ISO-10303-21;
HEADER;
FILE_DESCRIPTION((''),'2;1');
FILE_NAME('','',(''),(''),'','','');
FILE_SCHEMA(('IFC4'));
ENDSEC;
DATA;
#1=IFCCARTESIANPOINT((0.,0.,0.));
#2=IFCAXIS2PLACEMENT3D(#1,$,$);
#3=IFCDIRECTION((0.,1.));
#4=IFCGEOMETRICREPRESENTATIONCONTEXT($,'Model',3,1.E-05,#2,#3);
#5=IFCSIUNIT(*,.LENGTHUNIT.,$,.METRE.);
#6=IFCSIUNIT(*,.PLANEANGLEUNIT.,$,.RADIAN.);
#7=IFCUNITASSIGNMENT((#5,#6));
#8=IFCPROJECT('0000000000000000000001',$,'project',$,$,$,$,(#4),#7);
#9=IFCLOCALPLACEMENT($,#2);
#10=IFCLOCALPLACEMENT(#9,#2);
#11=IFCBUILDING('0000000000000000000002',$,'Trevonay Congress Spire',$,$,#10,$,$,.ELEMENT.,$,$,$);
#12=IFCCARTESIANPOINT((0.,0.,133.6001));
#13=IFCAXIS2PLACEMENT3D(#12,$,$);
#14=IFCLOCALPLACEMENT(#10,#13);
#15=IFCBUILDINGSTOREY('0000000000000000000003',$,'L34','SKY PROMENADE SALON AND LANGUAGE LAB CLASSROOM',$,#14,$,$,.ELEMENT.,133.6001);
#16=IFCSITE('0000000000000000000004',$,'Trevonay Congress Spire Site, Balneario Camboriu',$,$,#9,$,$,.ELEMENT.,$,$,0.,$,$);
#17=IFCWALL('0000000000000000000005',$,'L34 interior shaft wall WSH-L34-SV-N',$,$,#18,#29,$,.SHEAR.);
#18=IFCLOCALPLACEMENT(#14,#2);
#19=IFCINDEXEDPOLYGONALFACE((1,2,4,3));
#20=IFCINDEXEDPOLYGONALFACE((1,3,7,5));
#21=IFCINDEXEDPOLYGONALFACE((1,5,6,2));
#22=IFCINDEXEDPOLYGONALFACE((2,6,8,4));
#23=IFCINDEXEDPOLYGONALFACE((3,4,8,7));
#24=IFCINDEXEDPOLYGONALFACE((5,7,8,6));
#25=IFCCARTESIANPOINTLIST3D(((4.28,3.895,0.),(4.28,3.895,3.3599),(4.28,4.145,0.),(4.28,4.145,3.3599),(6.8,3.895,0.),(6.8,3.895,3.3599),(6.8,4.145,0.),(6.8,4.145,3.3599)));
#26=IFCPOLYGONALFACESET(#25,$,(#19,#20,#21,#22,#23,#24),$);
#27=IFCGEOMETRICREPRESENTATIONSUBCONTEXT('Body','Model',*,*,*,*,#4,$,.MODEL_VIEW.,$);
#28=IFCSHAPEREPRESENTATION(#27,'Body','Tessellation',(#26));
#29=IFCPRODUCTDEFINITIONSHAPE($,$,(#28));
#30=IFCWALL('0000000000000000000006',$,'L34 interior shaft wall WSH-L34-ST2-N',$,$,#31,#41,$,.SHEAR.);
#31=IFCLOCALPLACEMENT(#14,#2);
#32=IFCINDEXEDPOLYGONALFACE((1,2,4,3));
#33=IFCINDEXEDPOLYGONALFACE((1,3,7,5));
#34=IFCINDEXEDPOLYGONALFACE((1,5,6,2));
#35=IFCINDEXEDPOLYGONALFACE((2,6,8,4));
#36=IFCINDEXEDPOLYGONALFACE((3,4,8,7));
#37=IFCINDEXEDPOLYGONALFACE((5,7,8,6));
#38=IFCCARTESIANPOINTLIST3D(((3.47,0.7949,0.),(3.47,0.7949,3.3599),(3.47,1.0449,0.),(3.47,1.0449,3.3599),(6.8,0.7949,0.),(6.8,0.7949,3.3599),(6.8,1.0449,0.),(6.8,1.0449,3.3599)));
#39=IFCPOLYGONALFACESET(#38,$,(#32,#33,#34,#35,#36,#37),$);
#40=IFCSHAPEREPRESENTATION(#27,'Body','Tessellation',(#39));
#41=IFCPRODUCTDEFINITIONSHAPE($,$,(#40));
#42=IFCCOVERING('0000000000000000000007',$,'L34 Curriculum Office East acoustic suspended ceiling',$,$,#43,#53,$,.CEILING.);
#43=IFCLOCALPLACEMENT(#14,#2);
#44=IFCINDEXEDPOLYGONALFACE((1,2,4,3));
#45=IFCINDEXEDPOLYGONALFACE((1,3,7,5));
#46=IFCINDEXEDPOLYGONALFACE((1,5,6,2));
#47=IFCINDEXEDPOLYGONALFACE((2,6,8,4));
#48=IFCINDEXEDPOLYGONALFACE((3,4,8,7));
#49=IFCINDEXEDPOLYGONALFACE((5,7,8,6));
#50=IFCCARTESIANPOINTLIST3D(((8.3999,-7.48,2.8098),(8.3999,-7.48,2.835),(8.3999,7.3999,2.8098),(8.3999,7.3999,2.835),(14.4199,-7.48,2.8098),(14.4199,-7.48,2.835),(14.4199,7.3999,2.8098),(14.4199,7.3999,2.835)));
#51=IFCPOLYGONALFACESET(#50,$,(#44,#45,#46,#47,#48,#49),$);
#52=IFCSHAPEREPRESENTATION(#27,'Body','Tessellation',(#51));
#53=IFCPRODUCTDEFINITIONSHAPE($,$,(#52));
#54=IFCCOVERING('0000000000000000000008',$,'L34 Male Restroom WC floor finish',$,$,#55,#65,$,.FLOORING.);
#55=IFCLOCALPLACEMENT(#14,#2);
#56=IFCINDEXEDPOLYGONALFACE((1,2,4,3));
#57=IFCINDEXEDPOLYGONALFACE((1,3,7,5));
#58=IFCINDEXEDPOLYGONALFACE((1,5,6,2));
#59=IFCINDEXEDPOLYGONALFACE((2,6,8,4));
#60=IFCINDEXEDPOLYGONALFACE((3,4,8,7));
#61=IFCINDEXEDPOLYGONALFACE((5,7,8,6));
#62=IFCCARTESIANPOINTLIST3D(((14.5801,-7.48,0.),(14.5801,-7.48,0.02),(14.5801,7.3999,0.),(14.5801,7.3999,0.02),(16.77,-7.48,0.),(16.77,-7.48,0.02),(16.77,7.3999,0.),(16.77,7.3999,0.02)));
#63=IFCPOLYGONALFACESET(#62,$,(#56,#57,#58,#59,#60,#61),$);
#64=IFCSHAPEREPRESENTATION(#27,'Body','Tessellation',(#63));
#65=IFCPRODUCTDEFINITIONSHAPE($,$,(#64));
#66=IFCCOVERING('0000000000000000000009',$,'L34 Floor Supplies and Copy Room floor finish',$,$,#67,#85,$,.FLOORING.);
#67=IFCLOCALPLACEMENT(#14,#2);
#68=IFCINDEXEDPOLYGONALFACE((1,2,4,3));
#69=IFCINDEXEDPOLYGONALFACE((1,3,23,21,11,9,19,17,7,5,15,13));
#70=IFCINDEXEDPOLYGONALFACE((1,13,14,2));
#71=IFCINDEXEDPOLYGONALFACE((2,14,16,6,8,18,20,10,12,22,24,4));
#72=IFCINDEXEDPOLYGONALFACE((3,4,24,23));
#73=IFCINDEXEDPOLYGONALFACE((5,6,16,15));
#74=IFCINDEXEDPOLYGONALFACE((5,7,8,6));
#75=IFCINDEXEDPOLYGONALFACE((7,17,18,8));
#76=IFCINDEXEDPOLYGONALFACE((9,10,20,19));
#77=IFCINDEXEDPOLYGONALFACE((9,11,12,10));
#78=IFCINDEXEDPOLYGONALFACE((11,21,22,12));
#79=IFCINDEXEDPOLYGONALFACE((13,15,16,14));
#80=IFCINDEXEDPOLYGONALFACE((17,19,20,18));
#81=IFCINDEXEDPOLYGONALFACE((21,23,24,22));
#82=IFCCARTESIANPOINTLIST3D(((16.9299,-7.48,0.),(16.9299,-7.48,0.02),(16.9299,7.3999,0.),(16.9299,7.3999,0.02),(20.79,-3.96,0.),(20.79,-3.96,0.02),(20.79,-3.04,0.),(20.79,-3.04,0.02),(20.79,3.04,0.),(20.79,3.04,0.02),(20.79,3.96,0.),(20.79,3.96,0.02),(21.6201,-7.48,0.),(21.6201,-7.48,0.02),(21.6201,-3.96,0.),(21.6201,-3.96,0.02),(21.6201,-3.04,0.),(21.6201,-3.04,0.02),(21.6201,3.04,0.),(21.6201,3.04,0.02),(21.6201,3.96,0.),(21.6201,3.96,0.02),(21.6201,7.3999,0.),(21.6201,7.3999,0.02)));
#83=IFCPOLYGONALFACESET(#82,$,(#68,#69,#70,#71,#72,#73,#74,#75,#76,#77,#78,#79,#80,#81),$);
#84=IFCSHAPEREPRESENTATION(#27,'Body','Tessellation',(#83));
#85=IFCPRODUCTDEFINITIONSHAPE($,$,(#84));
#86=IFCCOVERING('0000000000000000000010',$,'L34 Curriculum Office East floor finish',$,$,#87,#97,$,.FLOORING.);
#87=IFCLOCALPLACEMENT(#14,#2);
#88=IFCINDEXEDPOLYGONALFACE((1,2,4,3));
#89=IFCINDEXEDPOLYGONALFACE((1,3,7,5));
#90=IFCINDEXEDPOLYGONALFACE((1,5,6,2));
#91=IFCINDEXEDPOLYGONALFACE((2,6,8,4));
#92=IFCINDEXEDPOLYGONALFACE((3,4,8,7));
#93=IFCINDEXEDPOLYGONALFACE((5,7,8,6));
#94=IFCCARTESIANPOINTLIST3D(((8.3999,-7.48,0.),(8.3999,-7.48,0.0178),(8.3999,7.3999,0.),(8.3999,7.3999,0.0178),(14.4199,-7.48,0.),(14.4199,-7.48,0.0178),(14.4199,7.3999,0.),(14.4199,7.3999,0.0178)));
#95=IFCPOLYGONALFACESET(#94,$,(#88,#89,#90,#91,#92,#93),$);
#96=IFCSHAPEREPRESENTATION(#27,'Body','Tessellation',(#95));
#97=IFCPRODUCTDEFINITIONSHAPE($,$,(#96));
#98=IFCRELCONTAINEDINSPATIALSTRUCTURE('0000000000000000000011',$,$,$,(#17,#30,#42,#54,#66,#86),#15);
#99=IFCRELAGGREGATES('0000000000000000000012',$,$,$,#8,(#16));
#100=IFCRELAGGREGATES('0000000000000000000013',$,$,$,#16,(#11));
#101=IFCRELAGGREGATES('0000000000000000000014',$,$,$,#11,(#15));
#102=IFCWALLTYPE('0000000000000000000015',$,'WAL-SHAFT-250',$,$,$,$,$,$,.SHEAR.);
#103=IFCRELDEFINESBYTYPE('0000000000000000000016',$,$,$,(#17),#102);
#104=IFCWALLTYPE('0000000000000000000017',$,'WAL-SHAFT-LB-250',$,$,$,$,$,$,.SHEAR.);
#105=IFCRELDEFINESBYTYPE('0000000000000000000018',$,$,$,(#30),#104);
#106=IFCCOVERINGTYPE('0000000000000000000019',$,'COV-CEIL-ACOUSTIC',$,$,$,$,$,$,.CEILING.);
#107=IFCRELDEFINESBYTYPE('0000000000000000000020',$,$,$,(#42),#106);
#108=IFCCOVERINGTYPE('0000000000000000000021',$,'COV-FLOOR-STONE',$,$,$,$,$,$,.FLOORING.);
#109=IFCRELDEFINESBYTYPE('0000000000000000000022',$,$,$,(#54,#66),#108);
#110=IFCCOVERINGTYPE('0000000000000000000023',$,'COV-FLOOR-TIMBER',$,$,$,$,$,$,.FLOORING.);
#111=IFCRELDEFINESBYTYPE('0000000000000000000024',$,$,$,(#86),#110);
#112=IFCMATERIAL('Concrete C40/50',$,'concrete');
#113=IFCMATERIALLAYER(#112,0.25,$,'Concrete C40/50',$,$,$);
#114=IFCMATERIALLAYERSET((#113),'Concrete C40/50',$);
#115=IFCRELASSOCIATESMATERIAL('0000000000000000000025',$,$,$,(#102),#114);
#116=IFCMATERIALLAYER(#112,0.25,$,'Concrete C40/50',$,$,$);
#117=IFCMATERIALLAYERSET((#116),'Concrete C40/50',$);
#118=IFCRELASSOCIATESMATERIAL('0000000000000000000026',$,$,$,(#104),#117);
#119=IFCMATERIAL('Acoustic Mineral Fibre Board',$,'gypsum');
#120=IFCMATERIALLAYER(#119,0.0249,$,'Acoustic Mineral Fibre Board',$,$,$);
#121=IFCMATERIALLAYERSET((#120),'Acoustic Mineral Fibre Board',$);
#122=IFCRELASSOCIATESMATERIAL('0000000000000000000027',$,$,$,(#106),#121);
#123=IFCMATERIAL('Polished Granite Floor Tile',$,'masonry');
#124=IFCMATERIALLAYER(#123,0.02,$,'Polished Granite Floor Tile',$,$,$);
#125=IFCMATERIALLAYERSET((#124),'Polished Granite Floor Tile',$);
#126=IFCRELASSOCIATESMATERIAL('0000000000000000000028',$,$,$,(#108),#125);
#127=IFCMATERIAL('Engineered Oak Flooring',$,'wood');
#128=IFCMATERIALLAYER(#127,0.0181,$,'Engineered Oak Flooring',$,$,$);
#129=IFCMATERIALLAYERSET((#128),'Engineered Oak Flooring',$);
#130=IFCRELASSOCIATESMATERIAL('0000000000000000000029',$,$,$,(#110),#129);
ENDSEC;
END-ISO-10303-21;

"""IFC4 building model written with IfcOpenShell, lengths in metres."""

from ifc_helpers import new_model, si_unit, direction, frame, frame_2d, origin, place, context, subcontext, project, spatial, polyline, rectangle, outline, extrude, material, layer, layer_set, type_object, element, save


model = new_model("IFC4")

# Units and contexts
model_context = context("Model", 3, precision=1e-05, world=origin(), true_north=direction((0.0, 1.0)))
body_context = subcontext(model_context, "Body", "Model", "MODEL_VIEW")
ifc_project = project(units=[si_unit("LENGTHUNIT", "METRE"), si_unit("PLANEANGLEUNIT", "RADIAN")], contexts=[model_context])

# Site, building, storey
site_placement = place(None, origin())
site = spatial("IfcSite", under=ifc_project, at=site_placement, Name="Trevonay Congress Spire Site, Balneario Camboriu", CompositionType="ELEMENT", RefElevation=0.0)
building_placement = place(site_placement, origin())
building = spatial("IfcBuilding", under=site, at=building_placement, Name="Trevonay Congress Spire", CompositionType="ELEMENT")
storey_placement = place(building_placement, frame((0.0, 0.0, 133.6001)))
storey = spatial("IfcBuildingStorey", under=building, at=storey_placement, Name="L34", Description="SKY PROMENADE SALON AND LANGUAGE LAB CLASSROOM", CompositionType="ELEMENT", Elevation=133.6001)

# Shared definitions
ifc_material_1 = material(Name="Concrete C40/50", Category="concrete")
ifc_layer_1 = layer(ifc_material_1, 0.25, Name="Concrete C40/50")
ifc_layer_set_1 = layer_set([ifc_layer_1], Name="Concrete C40/50")
wall_type_1 = type_object("IfcWallType", Name="WAL-SHAFT-250", PredefinedType="SHEAR", material=ifc_layer_set_1)

# Walls
for number, where, z_axis, x_axis, name in (
    (1, (4.28, 4.02, 0.0), (0.0, 0.0, 1.0), (1.0, 0.0, 0.0), "L34 interior shaft wall WSH-L34-SV-N"),
):
    element("IfcWall", number, at=place(storey_placement, frame(where, z_axis=z_axis, x_axis=x_axis)), inside=storey, type_object=wall_type_1, Name=name, PredefinedType="SHEAR", context=body_context, shape_type="SweptSolid", body=[
        extrude(rectangle(XDim=2.52, YDim=0.25, at=frame_2d((1.26, 0.0))), origin(), (0.0, 0.0, 1.0), 3.3599),
    ])
ifc_layer_2 = layer(ifc_material_1, 0.25, Name="Concrete C40/50")
ifc_layer_set_2 = layer_set([ifc_layer_2], Name="Concrete C40/50")
wall_type_2 = type_object("IfcWallType", Name="WAL-SHAFT-LB-250", PredefinedType="SHEAR", material=ifc_layer_set_2)
wall_1_placement = place(storey_placement, frame((3.47, 0.9199, 0.0), z_axis=(0.0, 0.0, 1.0), x_axis=(1.0, 0.0, 0.0)))
element("IfcWall", 2, at=wall_1_placement, inside=storey, type_object=wall_type_2, Name="L34 interior shaft wall WSH-L34-ST2-N", PredefinedType="SHEAR", context=body_context, shape_type="SweptSolid", body=[
    extrude(rectangle(XDim=3.3301, YDim=0.25, at=frame_2d((1.665, 0.0))), origin(), (0.0, 0.0, 1.0), 3.3599),
])

# Coverings
ifc_material_2 = material(Name="Acoustic Mineral Fibre Board", Category="gypsum")
ifc_layer_3 = layer(ifc_material_2, 0.0249, Name="Acoustic Mineral Fibre Board")
ifc_layer_set_3 = layer_set([ifc_layer_3], Name="Acoustic Mineral Fibre Board")
covering_type_1 = type_object("IfcCoveringType", Name="COV-CEIL-ACOUSTIC", PredefinedType="CEILING", material=ifc_layer_set_3)
covering_1_placement = place(storey_placement, frame((0.0, 0.0, 2.8098)))
element("IfcCovering", 3, at=covering_1_placement, inside=storey, type_object=covering_type_1, Name="L34 Curriculum Office East acoustic suspended ceiling", PredefinedType="CEILING", context=body_context, shape_type="SweptSolid", body=[
    extrude(outline(polyline([(8.3999, -7.48), (14.4199, -7.48), (14.4199, 7.3999), (8.3999, 7.3999), (8.3999, -7.48)])), origin(), (0.0, 0.0, 1.0), 0.0251),
])
ifc_material_3 = material(Name="Polished Granite Floor Tile", Category="masonry")
ifc_layer_4 = layer(ifc_material_3, 0.02, Name="Polished Granite Floor Tile")
ifc_layer_set_4 = layer_set([ifc_layer_4], Name="Polished Granite Floor Tile")
covering_type_2 = type_object("IfcCoveringType", Name="COV-FLOOR-STONE", PredefinedType="FLOORING", material=ifc_layer_set_4)
covering_2_placement = place(storey_placement, origin())
element("IfcCovering", 4, at=covering_2_placement, inside=storey, type_object=covering_type_2, Name="L34 Male Restroom WC floor finish", PredefinedType="FLOORING", context=body_context, shape_type="SweptSolid", body=[
    extrude(outline(polyline([(14.5801, -7.48), (16.77, -7.48), (16.77, 7.3999), (14.5801, 7.3999), (14.5801, -7.48)])), origin(), (0.0, 0.0, 1.0), 0.02),
])
covering_3_placement = place(storey_placement, origin())
element("IfcCovering", 5, at=covering_3_placement, inside=storey, type_object=covering_type_2, Name="L34 Floor Supplies and Copy Room floor finish", PredefinedType="FLOORING", context=body_context, shape_type="SweptSolid", body=[
    extrude(outline(polyline([(21.6201, -7.48), (16.9299, -7.48), (16.9299, 7.3999), (21.6201, 7.3999), (21.6201, 3.96), (20.79, 3.96), (20.79, 3.04), (21.6201, 3.04), (21.6201, -3.04), (20.79, -3.04), (20.79, -3.96), (21.6201, -3.96), (21.6201, -7.48)])), origin(), (0.0, 0.0, 1.0), 0.02),
])
ifc_material_4 = material(Name="Engineered Oak Flooring", Category="wood")
ifc_layer_5 = layer(ifc_material_4, 0.0181, Name="Engineered Oak Flooring")
ifc_layer_set_5 = layer_set([ifc_layer_5], Name="Engineered Oak Flooring")
covering_type_3 = type_object("IfcCoveringType", Name="COV-FLOOR-TIMBER", PredefinedType="FLOORING", material=ifc_layer_set_5)
covering_4_placement = place(storey_placement, origin())
element("IfcCovering", 6, at=covering_4_placement, inside=storey, type_object=covering_type_3, Name="L34 Curriculum Office East floor finish", PredefinedType="FLOORING", context=body_context, shape_type="SweptSolid", body=[
    extrude(outline(polyline([(8.3999, -7.48), (14.4199, -7.48), (14.4199, 7.3999), (8.3999, 7.3999), (8.3999, -7.48)])), origin(), (0.0, 0.0, 1.0), 0.0178),
])

save(model, "model.ifc")
